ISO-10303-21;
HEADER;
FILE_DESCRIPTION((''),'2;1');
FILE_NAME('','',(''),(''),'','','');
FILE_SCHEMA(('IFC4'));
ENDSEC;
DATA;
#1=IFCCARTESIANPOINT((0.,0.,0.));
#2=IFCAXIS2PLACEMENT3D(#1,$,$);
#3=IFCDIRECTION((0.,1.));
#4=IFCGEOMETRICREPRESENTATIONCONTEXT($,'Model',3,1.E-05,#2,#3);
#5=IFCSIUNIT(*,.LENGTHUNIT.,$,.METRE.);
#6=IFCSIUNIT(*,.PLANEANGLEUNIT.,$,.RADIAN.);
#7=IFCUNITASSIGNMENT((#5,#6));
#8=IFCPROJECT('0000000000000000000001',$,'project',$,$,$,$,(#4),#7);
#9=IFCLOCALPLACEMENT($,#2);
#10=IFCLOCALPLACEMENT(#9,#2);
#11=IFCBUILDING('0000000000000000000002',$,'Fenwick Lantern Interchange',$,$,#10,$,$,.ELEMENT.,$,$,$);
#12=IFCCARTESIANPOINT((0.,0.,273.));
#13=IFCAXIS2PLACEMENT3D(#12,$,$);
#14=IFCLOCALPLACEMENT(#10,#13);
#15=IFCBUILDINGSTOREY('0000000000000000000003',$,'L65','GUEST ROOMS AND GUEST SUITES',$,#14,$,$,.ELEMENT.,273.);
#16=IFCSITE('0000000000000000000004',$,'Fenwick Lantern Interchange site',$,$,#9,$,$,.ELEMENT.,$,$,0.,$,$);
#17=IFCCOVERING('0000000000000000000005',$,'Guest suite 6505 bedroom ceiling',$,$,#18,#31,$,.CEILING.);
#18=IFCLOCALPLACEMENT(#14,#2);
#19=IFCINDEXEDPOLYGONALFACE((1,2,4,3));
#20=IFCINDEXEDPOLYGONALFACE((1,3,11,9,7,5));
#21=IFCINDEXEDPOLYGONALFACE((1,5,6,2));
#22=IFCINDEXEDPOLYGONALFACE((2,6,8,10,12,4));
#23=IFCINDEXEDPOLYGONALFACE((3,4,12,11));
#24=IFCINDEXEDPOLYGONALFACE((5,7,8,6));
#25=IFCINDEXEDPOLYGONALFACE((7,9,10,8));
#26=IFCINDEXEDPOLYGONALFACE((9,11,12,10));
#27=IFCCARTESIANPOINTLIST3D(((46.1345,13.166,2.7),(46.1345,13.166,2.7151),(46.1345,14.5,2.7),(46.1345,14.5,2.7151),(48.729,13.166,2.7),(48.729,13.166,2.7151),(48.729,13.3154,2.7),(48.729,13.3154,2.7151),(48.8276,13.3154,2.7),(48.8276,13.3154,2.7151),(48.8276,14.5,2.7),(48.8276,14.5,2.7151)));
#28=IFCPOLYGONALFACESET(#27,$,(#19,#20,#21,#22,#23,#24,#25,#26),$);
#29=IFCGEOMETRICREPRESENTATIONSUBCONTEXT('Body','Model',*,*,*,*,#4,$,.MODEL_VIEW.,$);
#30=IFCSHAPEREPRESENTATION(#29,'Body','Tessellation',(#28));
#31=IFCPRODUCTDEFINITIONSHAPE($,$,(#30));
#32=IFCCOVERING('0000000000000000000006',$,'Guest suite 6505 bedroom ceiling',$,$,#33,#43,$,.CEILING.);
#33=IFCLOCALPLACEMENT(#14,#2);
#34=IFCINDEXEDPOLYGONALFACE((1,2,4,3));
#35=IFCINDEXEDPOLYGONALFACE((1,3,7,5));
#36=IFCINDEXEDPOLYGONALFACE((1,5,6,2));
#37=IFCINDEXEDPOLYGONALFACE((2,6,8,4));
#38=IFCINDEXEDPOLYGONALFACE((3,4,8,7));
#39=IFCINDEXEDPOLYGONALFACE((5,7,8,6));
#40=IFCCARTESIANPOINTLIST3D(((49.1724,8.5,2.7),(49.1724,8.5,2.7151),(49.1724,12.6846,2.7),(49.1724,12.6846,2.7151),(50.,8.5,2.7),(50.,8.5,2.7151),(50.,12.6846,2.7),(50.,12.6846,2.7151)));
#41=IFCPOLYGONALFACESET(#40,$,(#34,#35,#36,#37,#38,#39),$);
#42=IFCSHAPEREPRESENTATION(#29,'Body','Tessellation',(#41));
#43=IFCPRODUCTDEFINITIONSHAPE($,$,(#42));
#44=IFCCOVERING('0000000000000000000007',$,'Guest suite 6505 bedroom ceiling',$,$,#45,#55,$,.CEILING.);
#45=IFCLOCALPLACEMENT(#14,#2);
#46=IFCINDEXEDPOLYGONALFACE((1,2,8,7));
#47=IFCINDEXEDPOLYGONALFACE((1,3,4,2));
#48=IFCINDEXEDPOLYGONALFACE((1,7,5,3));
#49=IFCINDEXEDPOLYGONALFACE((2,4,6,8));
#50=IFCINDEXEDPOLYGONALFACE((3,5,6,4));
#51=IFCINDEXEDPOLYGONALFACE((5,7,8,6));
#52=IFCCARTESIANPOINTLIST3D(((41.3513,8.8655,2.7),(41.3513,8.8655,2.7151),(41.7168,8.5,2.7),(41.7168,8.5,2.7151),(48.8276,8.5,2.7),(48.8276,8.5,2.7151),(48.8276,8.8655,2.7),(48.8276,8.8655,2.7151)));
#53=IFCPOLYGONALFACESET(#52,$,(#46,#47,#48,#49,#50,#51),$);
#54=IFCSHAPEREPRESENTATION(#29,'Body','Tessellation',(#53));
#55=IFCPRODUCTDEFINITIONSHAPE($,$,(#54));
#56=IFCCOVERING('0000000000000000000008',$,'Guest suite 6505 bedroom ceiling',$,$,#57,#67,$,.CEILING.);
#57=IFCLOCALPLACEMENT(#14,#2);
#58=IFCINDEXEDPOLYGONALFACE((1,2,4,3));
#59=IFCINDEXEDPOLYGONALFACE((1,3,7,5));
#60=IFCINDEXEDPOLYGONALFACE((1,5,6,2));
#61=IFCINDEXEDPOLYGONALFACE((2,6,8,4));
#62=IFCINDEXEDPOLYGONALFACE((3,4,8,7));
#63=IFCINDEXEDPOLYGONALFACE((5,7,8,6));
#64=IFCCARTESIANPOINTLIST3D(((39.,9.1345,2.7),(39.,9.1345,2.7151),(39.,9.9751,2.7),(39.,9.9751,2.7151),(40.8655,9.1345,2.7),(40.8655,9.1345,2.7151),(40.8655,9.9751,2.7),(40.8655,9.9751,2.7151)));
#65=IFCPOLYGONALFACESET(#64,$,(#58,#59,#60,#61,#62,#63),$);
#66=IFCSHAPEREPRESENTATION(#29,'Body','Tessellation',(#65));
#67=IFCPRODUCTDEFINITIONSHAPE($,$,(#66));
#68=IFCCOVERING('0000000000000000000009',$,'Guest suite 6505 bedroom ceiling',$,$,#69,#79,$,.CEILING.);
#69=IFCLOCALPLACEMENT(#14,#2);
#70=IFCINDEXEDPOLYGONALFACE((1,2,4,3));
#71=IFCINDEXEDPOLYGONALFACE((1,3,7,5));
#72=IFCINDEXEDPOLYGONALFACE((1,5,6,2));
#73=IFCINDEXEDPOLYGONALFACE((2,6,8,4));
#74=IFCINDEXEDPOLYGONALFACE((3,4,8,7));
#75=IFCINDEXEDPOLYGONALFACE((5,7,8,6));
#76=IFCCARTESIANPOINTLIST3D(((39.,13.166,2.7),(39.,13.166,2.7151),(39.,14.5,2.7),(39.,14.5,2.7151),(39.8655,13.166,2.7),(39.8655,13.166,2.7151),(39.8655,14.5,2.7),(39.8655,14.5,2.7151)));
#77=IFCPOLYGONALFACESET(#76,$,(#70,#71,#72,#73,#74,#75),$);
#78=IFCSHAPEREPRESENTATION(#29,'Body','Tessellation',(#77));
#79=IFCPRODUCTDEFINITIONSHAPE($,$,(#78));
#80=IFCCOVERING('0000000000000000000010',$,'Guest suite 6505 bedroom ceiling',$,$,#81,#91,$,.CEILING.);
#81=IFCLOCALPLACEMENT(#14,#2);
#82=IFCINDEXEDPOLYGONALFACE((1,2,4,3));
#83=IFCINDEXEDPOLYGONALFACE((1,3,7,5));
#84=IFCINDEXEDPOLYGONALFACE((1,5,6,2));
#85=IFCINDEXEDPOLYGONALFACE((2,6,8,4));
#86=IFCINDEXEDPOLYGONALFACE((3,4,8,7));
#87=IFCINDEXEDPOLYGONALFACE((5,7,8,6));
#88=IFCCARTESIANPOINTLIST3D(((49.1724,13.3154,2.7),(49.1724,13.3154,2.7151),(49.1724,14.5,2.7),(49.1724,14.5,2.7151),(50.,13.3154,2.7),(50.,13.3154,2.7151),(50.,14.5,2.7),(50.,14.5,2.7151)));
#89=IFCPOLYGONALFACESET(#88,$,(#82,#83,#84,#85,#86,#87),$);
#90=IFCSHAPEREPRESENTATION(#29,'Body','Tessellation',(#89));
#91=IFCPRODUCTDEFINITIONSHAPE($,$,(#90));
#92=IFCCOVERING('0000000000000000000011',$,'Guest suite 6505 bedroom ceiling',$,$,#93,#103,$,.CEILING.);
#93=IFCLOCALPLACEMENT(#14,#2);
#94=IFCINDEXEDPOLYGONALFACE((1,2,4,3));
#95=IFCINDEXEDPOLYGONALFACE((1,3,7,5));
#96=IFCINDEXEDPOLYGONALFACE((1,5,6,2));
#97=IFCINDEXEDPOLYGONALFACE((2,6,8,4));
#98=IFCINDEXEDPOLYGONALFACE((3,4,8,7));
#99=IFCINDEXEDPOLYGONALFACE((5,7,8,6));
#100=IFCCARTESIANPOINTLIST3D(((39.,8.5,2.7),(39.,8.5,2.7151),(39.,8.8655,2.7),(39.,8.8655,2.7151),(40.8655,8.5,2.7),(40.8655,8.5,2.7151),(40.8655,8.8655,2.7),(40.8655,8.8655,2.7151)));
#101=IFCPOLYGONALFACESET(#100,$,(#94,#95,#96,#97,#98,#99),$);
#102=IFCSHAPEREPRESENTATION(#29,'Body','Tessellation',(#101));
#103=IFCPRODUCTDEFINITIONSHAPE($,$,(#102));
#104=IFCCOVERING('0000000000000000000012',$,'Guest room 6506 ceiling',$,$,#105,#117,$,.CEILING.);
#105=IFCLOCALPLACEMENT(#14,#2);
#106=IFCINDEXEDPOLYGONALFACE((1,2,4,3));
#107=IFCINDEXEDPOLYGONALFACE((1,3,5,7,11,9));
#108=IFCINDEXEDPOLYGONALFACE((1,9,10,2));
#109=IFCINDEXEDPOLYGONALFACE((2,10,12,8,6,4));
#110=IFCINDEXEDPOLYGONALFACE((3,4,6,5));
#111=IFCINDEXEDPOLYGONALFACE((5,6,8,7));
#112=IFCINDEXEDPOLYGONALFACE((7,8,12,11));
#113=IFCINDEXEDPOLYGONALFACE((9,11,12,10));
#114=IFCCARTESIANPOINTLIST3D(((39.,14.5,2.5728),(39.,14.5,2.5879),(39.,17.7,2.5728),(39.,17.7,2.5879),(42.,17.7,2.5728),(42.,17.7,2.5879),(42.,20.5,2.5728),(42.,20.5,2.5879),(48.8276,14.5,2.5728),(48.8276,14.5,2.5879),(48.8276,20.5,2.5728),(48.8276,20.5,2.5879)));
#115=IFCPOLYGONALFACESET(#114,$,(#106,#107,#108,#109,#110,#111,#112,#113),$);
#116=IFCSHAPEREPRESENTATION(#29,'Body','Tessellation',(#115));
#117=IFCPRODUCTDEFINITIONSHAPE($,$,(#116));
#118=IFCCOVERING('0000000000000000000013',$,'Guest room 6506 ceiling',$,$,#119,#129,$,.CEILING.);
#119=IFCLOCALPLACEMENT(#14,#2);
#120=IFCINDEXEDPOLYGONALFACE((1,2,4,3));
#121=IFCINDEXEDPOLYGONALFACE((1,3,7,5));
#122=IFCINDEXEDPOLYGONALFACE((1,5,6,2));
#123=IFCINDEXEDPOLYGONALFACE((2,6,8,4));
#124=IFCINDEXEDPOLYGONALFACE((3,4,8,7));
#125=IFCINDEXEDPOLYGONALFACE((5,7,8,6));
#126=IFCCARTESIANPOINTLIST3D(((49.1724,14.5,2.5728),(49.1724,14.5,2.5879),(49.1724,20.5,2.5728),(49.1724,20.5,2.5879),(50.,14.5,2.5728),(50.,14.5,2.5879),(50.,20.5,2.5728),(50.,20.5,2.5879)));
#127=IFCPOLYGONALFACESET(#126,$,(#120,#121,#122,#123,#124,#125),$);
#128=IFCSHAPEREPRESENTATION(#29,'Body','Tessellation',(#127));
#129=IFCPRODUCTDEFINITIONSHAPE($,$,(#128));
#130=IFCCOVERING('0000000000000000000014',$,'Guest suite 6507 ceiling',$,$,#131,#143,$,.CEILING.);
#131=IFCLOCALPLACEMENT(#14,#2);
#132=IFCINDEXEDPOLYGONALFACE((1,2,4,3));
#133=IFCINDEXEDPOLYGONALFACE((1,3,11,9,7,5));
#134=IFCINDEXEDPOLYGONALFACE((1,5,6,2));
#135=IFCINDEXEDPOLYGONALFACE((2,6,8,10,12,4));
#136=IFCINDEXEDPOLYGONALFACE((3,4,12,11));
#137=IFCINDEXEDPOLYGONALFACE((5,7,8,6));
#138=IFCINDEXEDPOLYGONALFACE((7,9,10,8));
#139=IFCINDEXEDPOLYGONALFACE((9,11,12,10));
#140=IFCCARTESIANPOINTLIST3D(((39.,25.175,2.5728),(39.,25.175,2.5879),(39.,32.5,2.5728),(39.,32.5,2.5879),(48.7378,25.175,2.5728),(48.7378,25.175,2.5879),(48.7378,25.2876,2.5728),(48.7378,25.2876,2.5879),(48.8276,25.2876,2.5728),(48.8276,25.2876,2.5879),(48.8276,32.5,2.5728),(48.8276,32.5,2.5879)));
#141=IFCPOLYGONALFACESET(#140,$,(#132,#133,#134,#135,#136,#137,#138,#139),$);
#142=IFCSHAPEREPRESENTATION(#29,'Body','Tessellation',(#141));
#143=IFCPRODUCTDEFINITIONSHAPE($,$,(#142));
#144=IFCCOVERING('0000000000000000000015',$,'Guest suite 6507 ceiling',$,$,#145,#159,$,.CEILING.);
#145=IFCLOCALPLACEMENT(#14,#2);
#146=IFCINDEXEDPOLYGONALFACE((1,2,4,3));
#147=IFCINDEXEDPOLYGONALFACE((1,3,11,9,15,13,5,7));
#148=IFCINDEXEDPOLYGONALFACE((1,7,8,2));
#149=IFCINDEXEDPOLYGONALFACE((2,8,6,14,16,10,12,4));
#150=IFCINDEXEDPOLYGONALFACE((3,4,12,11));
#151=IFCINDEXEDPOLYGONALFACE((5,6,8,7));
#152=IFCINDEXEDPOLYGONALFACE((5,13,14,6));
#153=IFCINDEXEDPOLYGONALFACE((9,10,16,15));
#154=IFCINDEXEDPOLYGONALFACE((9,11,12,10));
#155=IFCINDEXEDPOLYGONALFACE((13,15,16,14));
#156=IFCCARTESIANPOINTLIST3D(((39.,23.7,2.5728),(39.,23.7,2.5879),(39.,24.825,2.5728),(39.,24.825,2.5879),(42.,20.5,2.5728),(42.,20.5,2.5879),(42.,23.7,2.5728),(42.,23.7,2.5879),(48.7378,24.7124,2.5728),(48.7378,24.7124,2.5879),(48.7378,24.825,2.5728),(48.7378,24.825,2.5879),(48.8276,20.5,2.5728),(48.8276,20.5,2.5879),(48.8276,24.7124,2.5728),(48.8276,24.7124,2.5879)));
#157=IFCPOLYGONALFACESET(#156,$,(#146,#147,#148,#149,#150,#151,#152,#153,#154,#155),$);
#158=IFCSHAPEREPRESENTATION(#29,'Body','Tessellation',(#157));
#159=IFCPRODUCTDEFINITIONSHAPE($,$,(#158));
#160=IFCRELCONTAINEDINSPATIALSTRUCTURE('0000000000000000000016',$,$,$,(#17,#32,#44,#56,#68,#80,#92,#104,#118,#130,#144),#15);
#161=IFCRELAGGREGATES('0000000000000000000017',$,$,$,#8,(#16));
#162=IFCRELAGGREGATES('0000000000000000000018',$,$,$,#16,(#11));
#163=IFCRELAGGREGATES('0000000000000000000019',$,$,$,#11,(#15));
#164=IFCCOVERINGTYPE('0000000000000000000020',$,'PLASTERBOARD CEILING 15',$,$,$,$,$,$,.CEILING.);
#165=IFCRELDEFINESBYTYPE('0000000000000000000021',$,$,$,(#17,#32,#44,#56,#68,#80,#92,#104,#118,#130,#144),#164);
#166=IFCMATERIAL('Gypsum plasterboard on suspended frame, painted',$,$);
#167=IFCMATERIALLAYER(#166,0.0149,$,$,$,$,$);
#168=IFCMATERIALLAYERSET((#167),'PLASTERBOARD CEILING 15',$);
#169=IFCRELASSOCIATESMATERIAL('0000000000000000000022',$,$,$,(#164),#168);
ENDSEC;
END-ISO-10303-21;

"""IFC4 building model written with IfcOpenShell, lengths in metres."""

from ifc_helpers import new_model, si_unit, direction, frame, origin, place, context, subcontext, project, spatial, polyline, outline, extrude, material, layer, layer_set, type_object, element, save


model = new_model("IFC4")

# Units and contexts
model_context = context("Model", 3, precision=1e-05, world=origin(), true_north=direction((0.0, 1.0)))
body_context = subcontext(model_context, "Body", "Model", "MODEL_VIEW")
ifc_project = project(units=[si_unit("LENGTHUNIT", "METRE"), si_unit("PLANEANGLEUNIT", "RADIAN")], contexts=[model_context])

# Site, building, storey
site_placement = place(None, origin())
site = spatial("IfcSite", under=ifc_project, at=site_placement, Name="Fenwick Lantern Interchange site", CompositionType="ELEMENT", RefElevation=0.0)
building_placement = place(site_placement, origin())
building = spatial("IfcBuilding", under=site, at=building_placement, Name="Fenwick Lantern Interchange", CompositionType="ELEMENT")
storey_placement = place(building_placement, frame((0.0, 0.0, 273.0)))
storey = spatial("IfcBuildingStorey", under=building, at=storey_placement, Name="L65", Description="GUEST ROOMS AND GUEST SUITES", CompositionType="ELEMENT", Elevation=273.0)

# Coverings
ifc_material_1 = material(Name="Gypsum plasterboard on suspended frame, painted")
ifc_layer_1 = layer(ifc_material_1, 0.0149)
ifc_layer_set_1 = layer_set([ifc_layer_1], Name="PLASTERBOARD CEILING 15")
covering_type_1 = type_object("IfcCoveringType", Name="PLASTERBOARD CEILING 15", PredefinedType="CEILING", material=ifc_layer_set_1)
covering_1_placement = place(storey_placement, frame((0.0, 0.0, 2.7)))
element("IfcCovering", 1, at=covering_1_placement, inside=storey, type_object=covering_type_1, Name="Guest suite 6505 bedroom ceiling", PredefinedType="CEILING", context=body_context, shape_type="SweptSolid", body=[
    extrude(outline(polyline([(48.729, 13.3154), (48.8276, 13.3154), (48.8276, 14.5), (46.1345, 14.5), (46.1345, 13.166), (48.729, 13.166), (48.729, 13.3154)])), origin(), (0.0, 0.0, 1.0), 0.0151),
])
covering_2_placement = place(storey_placement, frame((0.0, 0.0, 2.7)))
element("IfcCovering", 2, at=covering_2_placement, inside=storey, type_object=covering_type_1, Name="Guest suite 6505 bedroom ceiling", PredefinedType="CEILING", context=body_context, shape_type="SweptSolid", body=[
    extrude(outline(polyline([(50.0, 12.6846), (49.1724, 12.6846), (49.1724, 8.5), (50.0, 8.5), (50.0, 12.6846)])), origin(), (0.0, 0.0, 1.0), 0.0151),
])
covering_3_placement = place(storey_placement, frame((0.0, 0.0, 2.7)))
element("IfcCovering", 3, at=covering_3_placement, inside=storey, type_object=covering_type_1, Name="Guest suite 6505 bedroom ceiling", PredefinedType="CEILING", context=body_context, shape_type="SweptSolid", body=[
    extrude(outline(polyline([(41.7168, 8.5), (48.8276, 8.5), (48.8276, 8.8655), (41.3513, 8.8655), (41.7168, 8.5)])), origin(), (0.0, 0.0, 1.0), 0.0151),
])
covering_4_placement = place(storey_placement, frame((0.0, 0.0, 2.7)))
element("IfcCovering", 4, at=covering_4_placement, inside=storey, type_object=covering_type_1, Name="Guest suite 6505 bedroom ceiling", PredefinedType="CEILING", context=body_context, shape_type="SweptSolid", body=[
    extrude(outline(polyline([(39.0, 9.9751), (39.0, 9.1345), (40.8655, 9.1345), (40.8655, 9.9751), (39.0, 9.9751)])), origin(), (0.0, 0.0, 1.0), 0.0151),
])
covering_5_placement = place(storey_placement, frame((0.0, 0.0, 2.7)))
element("IfcCovering", 5, at=covering_5_placement, inside=storey, type_object=covering_type_1, Name="Guest suite 6505 bedroom ceiling", PredefinedType="CEILING", context=body_context, shape_type="SweptSolid", body=[
    extrude(outline(polyline([(39.0, 14.5), (39.0, 13.166), (39.8655, 13.166), (39.8655, 14.5), (39.0, 14.5)])), origin(), (0.0, 0.0, 1.0), 0.0151),
])
covering_6_placement = place(storey_placement, frame((0.0, 0.0, 2.7)))
element("IfcCovering", 6, at=covering_6_placement, inside=storey, type_object=covering_type_1, Name="Guest suite 6505 bedroom ceiling", PredefinedType="CEILING", context=body_context, shape_type="SweptSolid", body=[
    extrude(outline(polyline([(50.0, 13.3154), (50.0, 14.5), (49.1724, 14.5), (49.1724, 13.3154), (50.0, 13.3154)])), origin(), (0.0, 0.0, 1.0), 0.0151),
])
covering_7_placement = place(storey_placement, frame((0.0, 0.0, 2.7)))
element("IfcCovering", 7, at=covering_7_placement, inside=storey, type_object=covering_type_1, Name="Guest suite 6505 bedroom ceiling", PredefinedType="CEILING", context=body_context, shape_type="SweptSolid", body=[
    extrude(outline(polyline([(39.0, 8.5), (40.8655, 8.5), (40.8655, 8.8655), (39.0, 8.8655), (39.0, 8.5)])), origin(), (0.0, 0.0, 1.0), 0.0151),
])
covering_8_placement = place(storey_placement, frame((0.0, 0.0, 2.5728)))
element("IfcCovering", 8, at=covering_8_placement, inside=storey, type_object=covering_type_1, Name="Guest room 6506 ceiling", PredefinedType="CEILING", context=body_context, shape_type="SweptSolid", body=[
    extrude(outline(polyline([(39.0, 14.5), (48.8276, 14.5), (48.8276, 20.5), (42.0, 20.5), (42.0, 17.7), (39.0, 17.7), (39.0, 14.5)])), origin(), (0.0, 0.0, 1.0), 0.0151),
])
covering_9_placement = place(storey_placement, frame((0.0, 0.0, 2.5728)))
element("IfcCovering", 9, at=covering_9_placement, inside=storey, type_object=covering_type_1, Name="Guest room 6506 ceiling", PredefinedType="CEILING", context=body_context, shape_type="SweptSolid", body=[
    extrude(outline(polyline([(50.0, 14.5), (50.0, 20.5), (49.1724, 20.5), (49.1724, 14.5), (50.0, 14.5)])), origin(), (0.0, 0.0, 1.0), 0.0151),
])
covering_10_placement = place(storey_placement, frame((0.0, 0.0, 2.5728)))
element("IfcCovering", 10, at=covering_10_placement, inside=storey, type_object=covering_type_1, Name="Guest suite 6507 ceiling", PredefinedType="CEILING", context=body_context, shape_type="SweptSolid", body=[
    extrude(outline(polyline([(48.7378, 25.2876), (48.8276, 25.2876), (48.8276, 32.5), (39.0, 32.5), (39.0, 25.175), (48.7378, 25.175), (48.7378, 25.2876)])), origin(), (0.0, 0.0, 1.0), 0.0151),
])
covering_11_placement = place(storey_placement, frame((0.0, 0.0, 2.5728)))
element("IfcCovering", 11, at=covering_11_placement, inside=storey, type_object=covering_type_1, Name="Guest suite 6507 ceiling", PredefinedType="CEILING", context=body_context, shape_type="SweptSolid", body=[
    extrude(outline(polyline([(48.7378, 24.7124), (48.7378, 24.825), (39.0, 24.825), (39.0, 23.7), (42.0, 23.7), (42.0, 20.5), (48.8276, 20.5), (48.8276, 24.7124), (48.7378, 24.7124)])), origin(), (0.0, 0.0, 1.0), 0.0151),
])

save(model, "model.ifc")
